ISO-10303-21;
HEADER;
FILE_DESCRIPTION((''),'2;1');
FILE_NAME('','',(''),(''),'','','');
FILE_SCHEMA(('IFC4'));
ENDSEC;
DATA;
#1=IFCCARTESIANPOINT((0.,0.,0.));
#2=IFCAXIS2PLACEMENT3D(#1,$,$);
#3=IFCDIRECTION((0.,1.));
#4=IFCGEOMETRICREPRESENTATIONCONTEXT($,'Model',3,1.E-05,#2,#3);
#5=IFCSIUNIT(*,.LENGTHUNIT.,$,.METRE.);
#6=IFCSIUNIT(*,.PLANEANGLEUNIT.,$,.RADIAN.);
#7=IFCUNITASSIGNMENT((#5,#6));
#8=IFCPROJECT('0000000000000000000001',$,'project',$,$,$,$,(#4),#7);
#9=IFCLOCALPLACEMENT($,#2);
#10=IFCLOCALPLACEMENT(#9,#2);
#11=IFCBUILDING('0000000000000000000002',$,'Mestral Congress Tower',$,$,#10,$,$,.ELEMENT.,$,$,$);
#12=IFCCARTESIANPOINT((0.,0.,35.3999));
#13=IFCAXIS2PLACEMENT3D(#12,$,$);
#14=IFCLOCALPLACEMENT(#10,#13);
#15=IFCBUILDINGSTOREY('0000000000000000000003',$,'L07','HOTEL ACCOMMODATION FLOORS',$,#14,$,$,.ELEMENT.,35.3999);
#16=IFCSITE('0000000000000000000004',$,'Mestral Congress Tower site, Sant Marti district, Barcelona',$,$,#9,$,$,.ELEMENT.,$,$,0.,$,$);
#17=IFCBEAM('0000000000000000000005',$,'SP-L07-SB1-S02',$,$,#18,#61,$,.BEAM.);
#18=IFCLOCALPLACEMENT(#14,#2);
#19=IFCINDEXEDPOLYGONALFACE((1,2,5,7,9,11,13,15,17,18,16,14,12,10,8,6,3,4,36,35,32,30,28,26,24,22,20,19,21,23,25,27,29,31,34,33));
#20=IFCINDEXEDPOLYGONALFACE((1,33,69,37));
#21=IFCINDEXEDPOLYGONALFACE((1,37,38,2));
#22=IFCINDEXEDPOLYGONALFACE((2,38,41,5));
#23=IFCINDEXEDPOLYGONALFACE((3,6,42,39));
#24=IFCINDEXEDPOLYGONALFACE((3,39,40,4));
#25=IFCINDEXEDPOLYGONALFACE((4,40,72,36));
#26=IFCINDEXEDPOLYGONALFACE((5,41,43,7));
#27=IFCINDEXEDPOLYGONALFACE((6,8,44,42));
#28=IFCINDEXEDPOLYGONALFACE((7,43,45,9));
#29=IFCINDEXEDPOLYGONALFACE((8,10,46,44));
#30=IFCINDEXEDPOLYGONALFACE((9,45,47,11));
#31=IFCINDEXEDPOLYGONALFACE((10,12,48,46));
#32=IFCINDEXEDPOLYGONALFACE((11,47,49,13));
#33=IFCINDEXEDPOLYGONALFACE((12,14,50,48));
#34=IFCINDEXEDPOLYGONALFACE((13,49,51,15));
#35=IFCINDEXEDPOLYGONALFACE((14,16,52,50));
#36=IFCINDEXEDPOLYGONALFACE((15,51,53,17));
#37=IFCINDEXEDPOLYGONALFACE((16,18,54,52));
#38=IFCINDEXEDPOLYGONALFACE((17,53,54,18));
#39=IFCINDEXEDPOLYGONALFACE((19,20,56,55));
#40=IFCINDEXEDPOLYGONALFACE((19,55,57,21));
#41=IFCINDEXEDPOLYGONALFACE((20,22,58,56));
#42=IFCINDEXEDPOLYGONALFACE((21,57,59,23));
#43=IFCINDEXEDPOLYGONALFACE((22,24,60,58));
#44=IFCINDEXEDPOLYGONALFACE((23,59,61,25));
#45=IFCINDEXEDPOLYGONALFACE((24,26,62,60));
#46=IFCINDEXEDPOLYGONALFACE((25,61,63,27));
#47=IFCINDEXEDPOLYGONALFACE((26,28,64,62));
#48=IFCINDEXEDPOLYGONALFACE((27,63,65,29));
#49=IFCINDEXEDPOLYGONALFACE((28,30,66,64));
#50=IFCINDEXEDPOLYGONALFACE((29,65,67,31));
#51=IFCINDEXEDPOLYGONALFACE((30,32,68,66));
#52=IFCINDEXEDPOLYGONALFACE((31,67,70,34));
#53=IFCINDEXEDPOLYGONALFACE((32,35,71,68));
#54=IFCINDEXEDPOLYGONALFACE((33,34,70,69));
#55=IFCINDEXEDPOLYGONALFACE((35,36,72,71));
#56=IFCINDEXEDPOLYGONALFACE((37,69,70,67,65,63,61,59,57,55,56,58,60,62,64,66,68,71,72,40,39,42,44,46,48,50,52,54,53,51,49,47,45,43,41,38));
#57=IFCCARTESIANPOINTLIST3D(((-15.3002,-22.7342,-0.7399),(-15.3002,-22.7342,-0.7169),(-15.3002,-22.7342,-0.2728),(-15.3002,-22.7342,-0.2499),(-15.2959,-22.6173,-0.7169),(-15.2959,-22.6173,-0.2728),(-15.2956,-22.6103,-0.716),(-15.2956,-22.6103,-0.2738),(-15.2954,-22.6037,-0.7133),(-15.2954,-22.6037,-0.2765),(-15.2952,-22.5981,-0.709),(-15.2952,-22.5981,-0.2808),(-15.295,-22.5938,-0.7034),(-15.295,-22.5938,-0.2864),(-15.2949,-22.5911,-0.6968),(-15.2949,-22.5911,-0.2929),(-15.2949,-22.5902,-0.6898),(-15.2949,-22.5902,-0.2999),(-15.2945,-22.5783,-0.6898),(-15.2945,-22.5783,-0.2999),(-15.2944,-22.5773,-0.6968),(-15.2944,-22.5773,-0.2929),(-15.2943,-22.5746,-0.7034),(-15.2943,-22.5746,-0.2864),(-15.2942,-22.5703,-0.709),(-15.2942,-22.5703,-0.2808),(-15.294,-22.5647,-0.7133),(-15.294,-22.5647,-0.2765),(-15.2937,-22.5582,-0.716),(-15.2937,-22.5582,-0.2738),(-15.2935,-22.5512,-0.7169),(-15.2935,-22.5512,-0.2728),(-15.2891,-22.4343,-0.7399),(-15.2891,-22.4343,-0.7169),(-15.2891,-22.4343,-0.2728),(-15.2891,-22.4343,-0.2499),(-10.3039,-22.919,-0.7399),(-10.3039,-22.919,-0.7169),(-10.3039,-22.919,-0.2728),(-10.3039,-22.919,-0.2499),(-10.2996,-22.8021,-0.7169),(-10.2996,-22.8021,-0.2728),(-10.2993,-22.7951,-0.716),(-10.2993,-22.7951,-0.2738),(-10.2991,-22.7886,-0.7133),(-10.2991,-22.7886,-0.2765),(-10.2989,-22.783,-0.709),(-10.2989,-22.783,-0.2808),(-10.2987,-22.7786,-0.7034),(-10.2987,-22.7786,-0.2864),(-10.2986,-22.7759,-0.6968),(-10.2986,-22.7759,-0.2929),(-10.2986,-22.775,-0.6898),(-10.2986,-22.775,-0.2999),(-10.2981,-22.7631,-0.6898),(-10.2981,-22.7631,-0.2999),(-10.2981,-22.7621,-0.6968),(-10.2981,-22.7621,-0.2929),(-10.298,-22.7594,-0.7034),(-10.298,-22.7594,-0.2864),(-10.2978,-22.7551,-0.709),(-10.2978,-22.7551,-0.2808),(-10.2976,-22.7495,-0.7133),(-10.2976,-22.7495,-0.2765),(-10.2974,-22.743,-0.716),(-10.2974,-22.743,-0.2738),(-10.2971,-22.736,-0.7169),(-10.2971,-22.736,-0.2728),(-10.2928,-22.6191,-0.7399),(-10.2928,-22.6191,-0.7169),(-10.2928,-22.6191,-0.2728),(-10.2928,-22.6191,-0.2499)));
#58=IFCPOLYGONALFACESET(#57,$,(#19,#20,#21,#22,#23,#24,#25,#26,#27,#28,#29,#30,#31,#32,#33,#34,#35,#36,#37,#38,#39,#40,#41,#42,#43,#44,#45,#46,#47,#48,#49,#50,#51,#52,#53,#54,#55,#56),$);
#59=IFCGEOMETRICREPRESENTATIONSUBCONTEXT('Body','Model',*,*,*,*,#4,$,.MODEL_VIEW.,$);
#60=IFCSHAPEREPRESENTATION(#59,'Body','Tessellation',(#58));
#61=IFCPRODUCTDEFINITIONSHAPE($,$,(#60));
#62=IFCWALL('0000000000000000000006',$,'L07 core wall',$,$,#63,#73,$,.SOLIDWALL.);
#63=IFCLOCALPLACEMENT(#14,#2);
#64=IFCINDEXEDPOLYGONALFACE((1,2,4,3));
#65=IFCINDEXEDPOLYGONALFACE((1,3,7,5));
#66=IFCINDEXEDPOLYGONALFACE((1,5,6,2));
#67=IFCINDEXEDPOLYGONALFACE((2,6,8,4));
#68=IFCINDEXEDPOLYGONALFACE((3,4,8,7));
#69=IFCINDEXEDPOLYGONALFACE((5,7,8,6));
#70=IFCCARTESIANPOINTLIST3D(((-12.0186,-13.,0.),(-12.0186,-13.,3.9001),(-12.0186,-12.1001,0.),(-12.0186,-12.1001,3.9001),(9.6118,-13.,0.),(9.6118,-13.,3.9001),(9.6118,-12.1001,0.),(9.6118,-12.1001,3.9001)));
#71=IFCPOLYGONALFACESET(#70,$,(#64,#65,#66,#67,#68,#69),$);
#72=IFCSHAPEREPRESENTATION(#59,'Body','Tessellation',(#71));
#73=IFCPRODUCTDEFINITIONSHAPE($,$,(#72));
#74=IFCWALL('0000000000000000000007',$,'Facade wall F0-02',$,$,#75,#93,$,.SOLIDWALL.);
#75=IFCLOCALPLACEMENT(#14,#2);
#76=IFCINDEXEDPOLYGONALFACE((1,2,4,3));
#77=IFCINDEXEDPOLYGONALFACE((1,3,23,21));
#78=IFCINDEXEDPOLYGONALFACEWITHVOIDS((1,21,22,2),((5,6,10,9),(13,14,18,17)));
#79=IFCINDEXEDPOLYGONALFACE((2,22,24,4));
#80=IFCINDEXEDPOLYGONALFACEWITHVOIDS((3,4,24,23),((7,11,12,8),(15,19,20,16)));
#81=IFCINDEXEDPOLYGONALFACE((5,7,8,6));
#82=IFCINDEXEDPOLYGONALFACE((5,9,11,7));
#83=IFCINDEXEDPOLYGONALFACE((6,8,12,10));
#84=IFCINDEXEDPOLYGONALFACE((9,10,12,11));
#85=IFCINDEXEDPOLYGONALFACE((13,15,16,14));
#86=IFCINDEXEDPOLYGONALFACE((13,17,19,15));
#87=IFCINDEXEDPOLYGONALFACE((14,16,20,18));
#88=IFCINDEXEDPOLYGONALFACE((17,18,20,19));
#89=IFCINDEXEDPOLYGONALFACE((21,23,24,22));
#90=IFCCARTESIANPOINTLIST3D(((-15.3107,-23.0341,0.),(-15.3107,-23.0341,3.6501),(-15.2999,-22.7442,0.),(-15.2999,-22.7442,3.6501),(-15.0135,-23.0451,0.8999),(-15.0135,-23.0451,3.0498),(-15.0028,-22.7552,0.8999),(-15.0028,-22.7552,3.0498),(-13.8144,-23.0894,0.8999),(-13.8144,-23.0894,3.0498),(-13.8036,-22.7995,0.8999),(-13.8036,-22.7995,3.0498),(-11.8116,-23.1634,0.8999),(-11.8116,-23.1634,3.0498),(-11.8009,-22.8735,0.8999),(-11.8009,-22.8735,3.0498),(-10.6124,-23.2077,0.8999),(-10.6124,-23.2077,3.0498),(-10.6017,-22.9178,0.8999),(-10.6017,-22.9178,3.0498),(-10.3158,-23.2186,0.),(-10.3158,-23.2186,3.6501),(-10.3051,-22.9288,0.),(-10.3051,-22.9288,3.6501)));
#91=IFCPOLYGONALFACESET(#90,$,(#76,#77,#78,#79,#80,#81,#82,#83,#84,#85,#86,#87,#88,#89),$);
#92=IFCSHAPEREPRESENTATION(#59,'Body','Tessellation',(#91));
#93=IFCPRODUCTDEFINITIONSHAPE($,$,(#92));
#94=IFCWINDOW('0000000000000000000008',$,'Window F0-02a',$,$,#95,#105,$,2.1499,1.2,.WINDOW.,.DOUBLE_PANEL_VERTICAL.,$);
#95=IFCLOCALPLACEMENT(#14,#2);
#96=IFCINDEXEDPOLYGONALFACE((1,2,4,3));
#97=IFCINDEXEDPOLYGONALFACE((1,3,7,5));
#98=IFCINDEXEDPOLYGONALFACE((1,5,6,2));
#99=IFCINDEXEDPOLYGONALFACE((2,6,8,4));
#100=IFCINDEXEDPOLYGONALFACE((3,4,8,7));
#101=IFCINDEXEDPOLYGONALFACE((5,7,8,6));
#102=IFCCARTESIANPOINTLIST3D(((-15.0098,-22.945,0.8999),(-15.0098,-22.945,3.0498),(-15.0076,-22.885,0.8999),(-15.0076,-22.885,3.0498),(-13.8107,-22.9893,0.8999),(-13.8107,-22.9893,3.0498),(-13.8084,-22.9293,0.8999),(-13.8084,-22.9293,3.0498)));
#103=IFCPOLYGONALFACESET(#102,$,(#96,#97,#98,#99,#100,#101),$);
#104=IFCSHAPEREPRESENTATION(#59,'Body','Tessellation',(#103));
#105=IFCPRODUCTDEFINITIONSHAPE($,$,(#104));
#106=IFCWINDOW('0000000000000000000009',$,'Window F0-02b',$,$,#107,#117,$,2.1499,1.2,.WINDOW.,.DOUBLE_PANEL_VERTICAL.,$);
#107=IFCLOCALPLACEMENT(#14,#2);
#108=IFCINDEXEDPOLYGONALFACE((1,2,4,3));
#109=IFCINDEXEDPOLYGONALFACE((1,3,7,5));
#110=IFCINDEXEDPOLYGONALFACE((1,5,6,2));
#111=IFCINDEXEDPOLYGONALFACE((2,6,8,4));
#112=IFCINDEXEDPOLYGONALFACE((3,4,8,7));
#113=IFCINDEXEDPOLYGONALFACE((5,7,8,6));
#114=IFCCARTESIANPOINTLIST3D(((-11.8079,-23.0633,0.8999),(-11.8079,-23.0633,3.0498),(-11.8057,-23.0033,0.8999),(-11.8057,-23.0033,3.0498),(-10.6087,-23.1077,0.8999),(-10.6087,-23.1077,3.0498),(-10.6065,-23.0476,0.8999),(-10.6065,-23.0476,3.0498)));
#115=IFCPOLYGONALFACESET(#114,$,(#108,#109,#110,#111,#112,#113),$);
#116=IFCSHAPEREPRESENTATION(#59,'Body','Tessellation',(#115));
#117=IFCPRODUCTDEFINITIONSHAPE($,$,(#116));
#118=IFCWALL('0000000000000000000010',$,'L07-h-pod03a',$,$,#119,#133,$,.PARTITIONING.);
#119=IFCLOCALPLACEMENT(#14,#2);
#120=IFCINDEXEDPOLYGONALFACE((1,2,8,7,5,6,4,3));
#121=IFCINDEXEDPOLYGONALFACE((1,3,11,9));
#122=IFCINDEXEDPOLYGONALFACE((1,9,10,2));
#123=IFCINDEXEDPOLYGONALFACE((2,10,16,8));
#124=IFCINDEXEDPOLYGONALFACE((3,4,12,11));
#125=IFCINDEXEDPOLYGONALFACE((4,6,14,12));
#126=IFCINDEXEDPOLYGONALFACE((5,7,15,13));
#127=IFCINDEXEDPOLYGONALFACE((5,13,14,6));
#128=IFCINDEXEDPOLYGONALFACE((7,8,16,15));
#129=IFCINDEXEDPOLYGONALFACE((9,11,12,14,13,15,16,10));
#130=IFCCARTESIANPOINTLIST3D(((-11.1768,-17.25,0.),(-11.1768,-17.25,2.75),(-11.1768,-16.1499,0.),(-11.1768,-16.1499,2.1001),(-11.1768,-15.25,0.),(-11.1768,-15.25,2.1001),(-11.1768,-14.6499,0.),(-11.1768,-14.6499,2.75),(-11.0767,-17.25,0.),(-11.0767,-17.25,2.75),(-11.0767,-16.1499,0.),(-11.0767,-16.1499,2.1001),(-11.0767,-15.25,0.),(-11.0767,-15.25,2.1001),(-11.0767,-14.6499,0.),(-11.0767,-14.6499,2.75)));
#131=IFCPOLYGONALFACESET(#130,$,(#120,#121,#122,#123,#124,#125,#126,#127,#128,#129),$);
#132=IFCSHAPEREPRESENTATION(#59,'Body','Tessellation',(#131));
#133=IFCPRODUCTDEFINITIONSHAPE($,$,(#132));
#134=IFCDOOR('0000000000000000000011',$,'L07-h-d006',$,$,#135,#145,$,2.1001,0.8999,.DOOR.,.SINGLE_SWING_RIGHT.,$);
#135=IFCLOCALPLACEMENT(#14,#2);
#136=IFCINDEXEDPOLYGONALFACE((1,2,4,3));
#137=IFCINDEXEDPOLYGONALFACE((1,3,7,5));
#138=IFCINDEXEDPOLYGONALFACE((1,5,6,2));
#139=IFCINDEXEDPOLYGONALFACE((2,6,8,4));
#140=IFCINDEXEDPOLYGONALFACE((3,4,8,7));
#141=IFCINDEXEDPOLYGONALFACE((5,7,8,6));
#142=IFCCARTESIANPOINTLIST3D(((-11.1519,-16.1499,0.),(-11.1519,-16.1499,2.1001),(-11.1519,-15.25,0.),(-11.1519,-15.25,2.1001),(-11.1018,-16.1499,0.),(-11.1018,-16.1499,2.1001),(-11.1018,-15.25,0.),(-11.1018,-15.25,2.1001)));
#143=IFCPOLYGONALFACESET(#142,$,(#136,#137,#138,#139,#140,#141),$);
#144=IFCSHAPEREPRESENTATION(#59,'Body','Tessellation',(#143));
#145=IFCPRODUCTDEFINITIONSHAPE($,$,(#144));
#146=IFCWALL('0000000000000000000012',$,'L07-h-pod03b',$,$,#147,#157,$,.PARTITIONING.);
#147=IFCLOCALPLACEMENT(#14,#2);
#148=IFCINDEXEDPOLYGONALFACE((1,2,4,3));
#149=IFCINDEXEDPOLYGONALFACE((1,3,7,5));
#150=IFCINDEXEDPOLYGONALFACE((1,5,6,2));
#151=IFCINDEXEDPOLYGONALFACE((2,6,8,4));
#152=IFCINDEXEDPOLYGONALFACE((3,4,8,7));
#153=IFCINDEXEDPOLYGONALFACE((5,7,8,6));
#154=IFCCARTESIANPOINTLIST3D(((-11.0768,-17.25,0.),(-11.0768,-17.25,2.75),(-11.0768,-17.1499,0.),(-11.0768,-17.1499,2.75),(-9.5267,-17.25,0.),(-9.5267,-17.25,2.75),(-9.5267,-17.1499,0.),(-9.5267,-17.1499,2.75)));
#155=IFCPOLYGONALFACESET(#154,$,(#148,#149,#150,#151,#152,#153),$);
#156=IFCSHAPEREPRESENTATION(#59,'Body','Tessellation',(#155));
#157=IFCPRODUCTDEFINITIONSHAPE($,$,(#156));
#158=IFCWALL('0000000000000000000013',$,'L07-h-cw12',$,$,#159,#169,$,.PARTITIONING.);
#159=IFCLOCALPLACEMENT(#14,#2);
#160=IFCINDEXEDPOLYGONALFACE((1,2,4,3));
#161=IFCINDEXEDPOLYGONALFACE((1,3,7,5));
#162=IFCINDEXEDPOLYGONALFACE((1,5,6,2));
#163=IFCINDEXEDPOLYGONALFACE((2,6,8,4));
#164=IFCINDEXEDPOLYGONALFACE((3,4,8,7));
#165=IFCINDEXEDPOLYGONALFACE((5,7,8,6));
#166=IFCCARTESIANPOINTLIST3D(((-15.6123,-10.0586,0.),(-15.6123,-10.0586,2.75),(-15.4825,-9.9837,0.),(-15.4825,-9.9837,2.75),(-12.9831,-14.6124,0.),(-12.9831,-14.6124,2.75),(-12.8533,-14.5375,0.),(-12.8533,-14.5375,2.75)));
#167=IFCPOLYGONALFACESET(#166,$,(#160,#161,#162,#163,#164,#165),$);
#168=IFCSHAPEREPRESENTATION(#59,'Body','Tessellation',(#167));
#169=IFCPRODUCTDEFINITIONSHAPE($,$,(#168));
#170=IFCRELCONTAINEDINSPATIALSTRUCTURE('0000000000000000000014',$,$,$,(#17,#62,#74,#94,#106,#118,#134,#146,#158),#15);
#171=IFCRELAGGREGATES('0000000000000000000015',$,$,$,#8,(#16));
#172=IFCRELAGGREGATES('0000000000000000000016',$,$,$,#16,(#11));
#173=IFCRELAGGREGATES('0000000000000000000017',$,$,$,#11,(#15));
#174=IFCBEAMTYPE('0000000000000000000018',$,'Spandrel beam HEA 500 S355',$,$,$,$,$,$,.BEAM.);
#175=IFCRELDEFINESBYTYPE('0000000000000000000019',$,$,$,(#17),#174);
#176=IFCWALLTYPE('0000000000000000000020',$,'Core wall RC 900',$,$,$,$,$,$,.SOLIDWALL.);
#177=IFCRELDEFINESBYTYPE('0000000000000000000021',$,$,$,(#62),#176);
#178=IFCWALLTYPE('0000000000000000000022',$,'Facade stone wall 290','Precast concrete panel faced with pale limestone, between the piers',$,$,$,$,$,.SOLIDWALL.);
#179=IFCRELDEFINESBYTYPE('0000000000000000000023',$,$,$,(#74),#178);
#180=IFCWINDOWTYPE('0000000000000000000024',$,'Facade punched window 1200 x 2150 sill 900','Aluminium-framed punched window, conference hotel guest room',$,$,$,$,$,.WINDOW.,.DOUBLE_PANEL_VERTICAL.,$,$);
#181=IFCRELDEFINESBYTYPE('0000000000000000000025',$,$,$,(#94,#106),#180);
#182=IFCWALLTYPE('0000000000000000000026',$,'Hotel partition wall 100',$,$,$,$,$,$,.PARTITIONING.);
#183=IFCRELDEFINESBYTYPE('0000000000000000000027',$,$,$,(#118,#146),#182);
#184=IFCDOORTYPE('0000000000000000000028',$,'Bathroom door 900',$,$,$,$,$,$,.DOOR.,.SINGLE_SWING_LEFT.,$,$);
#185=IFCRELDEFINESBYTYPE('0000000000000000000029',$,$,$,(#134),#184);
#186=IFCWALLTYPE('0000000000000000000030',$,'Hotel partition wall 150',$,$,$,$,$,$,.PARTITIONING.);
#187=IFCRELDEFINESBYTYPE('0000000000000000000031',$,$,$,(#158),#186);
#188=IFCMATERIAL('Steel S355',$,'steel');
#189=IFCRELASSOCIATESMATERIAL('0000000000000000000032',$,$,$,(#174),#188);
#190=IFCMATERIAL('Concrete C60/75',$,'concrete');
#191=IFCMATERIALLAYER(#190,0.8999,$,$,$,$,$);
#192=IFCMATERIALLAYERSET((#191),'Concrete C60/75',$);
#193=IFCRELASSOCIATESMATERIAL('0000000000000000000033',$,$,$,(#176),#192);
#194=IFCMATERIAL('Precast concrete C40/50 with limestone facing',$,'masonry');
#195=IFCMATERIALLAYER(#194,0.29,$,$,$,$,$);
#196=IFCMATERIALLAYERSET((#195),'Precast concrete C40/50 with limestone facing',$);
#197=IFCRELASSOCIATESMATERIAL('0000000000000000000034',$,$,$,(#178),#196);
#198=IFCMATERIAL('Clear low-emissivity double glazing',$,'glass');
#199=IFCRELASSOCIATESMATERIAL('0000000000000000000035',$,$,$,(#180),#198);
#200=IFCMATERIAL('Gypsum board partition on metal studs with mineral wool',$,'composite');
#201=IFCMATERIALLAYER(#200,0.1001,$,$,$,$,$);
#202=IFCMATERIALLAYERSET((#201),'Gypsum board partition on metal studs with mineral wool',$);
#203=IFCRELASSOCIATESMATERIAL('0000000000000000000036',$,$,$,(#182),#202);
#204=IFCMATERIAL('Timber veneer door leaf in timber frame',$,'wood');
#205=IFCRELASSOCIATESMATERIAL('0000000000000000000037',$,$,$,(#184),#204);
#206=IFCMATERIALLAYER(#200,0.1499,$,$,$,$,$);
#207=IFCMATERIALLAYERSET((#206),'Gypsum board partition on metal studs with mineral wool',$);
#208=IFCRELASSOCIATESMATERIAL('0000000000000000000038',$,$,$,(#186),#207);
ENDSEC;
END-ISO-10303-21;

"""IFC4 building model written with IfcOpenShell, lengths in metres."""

from ifc_helpers import new_model, si_unit, direction, frame, frame_2d, origin, origin_2d, place, context, subcontext, project, spatial, rectangle, i_section, extrude, material, layer, layer_set, material_profile, profile_set, type_object, element, fill, save


model = new_model("IFC4")

# Units and contexts
model_context = context("Model", 3, precision=1e-05, world=origin(), true_north=direction((0.0, 1.0)))
body_context = subcontext(model_context, "Body", "Model", "MODEL_VIEW")
ifc_project = project(units=[si_unit("LENGTHUNIT", "METRE"), si_unit("PLANEANGLEUNIT", "RADIAN")], contexts=[model_context])

# Site, building, storey
site_placement = place(None, origin())
site = spatial("IfcSite", under=ifc_project, at=site_placement, Name="Mestral Congress Tower site, Sant Marti district, Barcelona", CompositionType="ELEMENT", RefElevation=0.0)
building_placement = place(site_placement, origin())
building = spatial("IfcBuilding", under=site, at=building_placement, Name="Mestral Congress Tower", CompositionType="ELEMENT")
storey_placement = place(building_placement, frame((0.0, 0.0, 35.3999)))
storey = spatial("IfcBuildingStorey", under=building, at=storey_placement, Name="L07", Description="HOTEL ACCOMMODATION FLOORS", CompositionType="ELEMENT", Elevation=35.3999)

# Beam
ifc_material_1 = material(Name="Steel S355", Category="steel")
ifc_material_profile_1 = material_profile(ifc_material_1, i_section(OverallWidth=0.3, OverallDepth=0.49, WebThickness=0.012, FlangeThickness=0.0229, FilletRadius=0.0271, at=origin_2d()), Name="HEA 500")
ifc_profile_set_1 = profile_set([ifc_material_profile_1], Name="Steel S355")
beam_type_1 = type_object("IfcBeamType", Name="Spandrel beam HEA 500 S355", PredefinedType="BEAM", material=ifc_profile_set_1)
beam_1_placement = place(storey_placement, frame((-15.2947, -22.5842, -0.4949), z_axis=(0.999317, -0.036965, 0.0), x_axis=(0.036965, 0.999317, 0.0)))
element("IfcBeam", 1, at=beam_1_placement, inside=storey, type_object=beam_type_1, Name="SP-L07-SB1-S02", PredefinedType="BEAM", context=body_context, shape_type="SweptSolid", body=[
    extrude(i_section(OverallWidth=0.3, OverallDepth=0.49, WebThickness=0.012, FlangeThickness=0.0229, FilletRadius=0.0271, at=origin_2d()), origin(), (0.0, 0.0, 1.0), 4.9998),
])

# Wall
ifc_material_2 = material(Name="Concrete C60/75", Category="concrete")
ifc_layer_1 = layer(ifc_material_2, 0.8999)
ifc_layer_set_1 = layer_set([ifc_layer_1], Name="Concrete C60/75")
wall_type_1 = type_object("IfcWallType", Name="Core wall RC 900", PredefinedType="SOLIDWALL", material=ifc_layer_set_1)
wall_1_placement = place(storey_placement, frame((-12.0186, -12.55, 0.0), z_axis=(0.0, 0.0, 1.0), x_axis=(1.0, 0.0, 0.0)))
element("IfcWall", 2, at=wall_1_placement, inside=storey, type_object=wall_type_1, Name="L07 core wall", PredefinedType="SOLIDWALL", context=body_context, shape_type="SweptSolid", body=[
    extrude(rectangle(XDim=21.6304, YDim=0.8999, at=frame_2d((10.8152, 0.0))), origin(), (0.0, 0.0, 1.0), 3.9001),
])

# Wall, openings, windows
ifc_material_3 = material(Name="Precast concrete C40/50 with limestone facing", Category="masonry")
ifc_layer_2 = layer(ifc_material_3, 0.29)
ifc_layer_set_2 = layer_set([ifc_layer_2], Name="Precast concrete C40/50 with limestone facing")
wall_type_2 = type_object("IfcWallType", Name="Facade stone wall 290", Description="Precast concrete panel faced with pale limestone, between the piers", PredefinedType="SOLIDWALL", material=ifc_layer_set_2)
wall_2_placement = place(storey_placement, frame((-15.3052, -22.8892, 0.0), z_axis=(0.0, 0.0, 1.0), x_axis=(0.999318, -0.036927, 0.0)))
wall_2 = element("IfcWall", 3, at=wall_2_placement, inside=storey, type_object=wall_type_2, Name="Facade wall F0-02", PredefinedType="SOLIDWALL", context=body_context, shape_type="SweptSolid", body=[
    extrude(rectangle(XDim=4.9983, YDim=0.29, at=frame_2d((2.499, 0.0))), origin(), (0.0, 0.0, 1.0), 3.6501),
])
opening_1_placement = place(wall_2_placement, frame((0.2971, 0.0, 0.8999)))
opening_1 = element("IfcOpeningElement", 4, at=opening_1_placement, cuts=wall_2, PredefinedType="OPENING", context=body_context, shape_type="SweptSolid", body=[
    extrude(rectangle(XDim=1.2, YDim=2.1499, at=frame_2d((0.6001, 1.075))), frame((0.0, 0.155, 0.0), z_axis=(0.0, -1.0, 0.0), x_axis=(1.0, 0.0, 0.0)), (0.0, 0.0, 1.0), 0.3101),
])
opening_2_placement = place(wall_2_placement, frame((3.5012, 0.0, 0.8999)))
opening_2 = element("IfcOpeningElement", 5, at=opening_2_placement, cuts=wall_2, PredefinedType="OPENING", context=body_context, shape_type="SweptSolid", body=[
    extrude(rectangle(XDim=1.2, YDim=2.1499, at=frame_2d((0.6001, 1.075))), frame((0.0, 0.155, 0.0), z_axis=(0.0, -1.0, 0.0), x_axis=(1.0, 0.0, 0.0)), (0.0, 0.0, 1.0), 0.3101),
])
ifc_material_4 = material(Name="Clear low-emissivity double glazing", Category="glass")
window_type = type_object("IfcWindowType", Name="Facade punched window 1200 x 2150 sill 900", Description="Aluminium-framed punched window, conference hotel guest room", PartitioningType="DOUBLE_PANEL_VERTICAL", PredefinedType="WINDOW", material=ifc_material_4)
window_1_placement = place(opening_1_placement, origin())
window_1 = element("IfcWindow", 6, at=window_1_placement, inside=storey, type_object=window_type, Name="Window F0-02a", OverallHeight=2.1499, OverallWidth=1.2, PartitioningType="DOUBLE_PANEL_VERTICAL", PredefinedType="WINDOW", context=body_context, shape_type="SweptSolid", body=[
    extrude(rectangle(XDim=1.2, YDim=2.1499, at=frame_2d((0.6001, 1.075))), frame((0.0, 0.0151, 0.0), z_axis=(0.0, -1.0, 0.0), x_axis=(1.0, 0.0, 0.0)), (0.0, 0.0, 1.0), 0.0601),
])
fill(opening_1, window_1)
window_2_placement = place(opening_2_placement, origin())
window_2 = element("IfcWindow", 7, at=window_2_placement, inside=storey, type_object=window_type, Name="Window F0-02b", OverallHeight=2.1499, OverallWidth=1.2, PartitioningType="DOUBLE_PANEL_VERTICAL", PredefinedType="WINDOW", context=body_context, shape_type="SweptSolid", body=[
    extrude(rectangle(XDim=1.2, YDim=2.1499, at=frame_2d((0.6001, 1.075))), frame((0.0, 0.0151, 0.0), z_axis=(0.0, -1.0, 0.0), x_axis=(1.0, 0.0, 0.0)), (0.0, 0.0, 1.0), 0.0601),
])
fill(opening_2, window_2)

# Wall, opening, door
ifc_material_5 = material(Name="Gypsum board partition on metal studs with mineral wool", Category="composite")
ifc_layer_3 = layer(ifc_material_5, 0.1001)
ifc_layer_set_3 = layer_set([ifc_layer_3], Name="Gypsum board partition on metal studs with mineral wool")
wall_type_3 = type_object("IfcWallType", Name="Hotel partition wall 100", PredefinedType="PARTITIONING", material=ifc_layer_set_3)
wall_3_placement = place(storey_placement, frame((-11.1267, -14.6499, 0.0), z_axis=(0.0, 0.0, 1.0), x_axis=(0.0, -1.0, 0.0)))
wall_3 = element("IfcWall", 8, at=wall_3_placement, inside=storey, type_object=wall_type_3, Name="L07-h-pod03a", PredefinedType="PARTITIONING", context=body_context, shape_type="SweptSolid", body=[
    extrude(rectangle(XDim=2.6001, YDim=0.1001, at=frame_2d((1.3, 0.0))), origin(), (0.0, 0.0, 1.0), 2.75),
])
opening_3_placement = place(wall_3_placement, frame((0.6001, 0.0, 0.0)))
opening_3 = element("IfcOpeningElement", 9, at=opening_3_placement, cuts=wall_3, PredefinedType="OPENING", context=body_context, shape_type="SweptSolid", body=[
    extrude(rectangle(XDim=0.8999, YDim=2.1001, at=frame_2d((0.45, 1.05))), frame((0.0, 0.0601, 0.0), z_axis=(0.0, -1.0, 0.0), x_axis=(1.0, 0.0, 0.0)), (0.0, 0.0, 1.0), 0.1201),
])
ifc_material_6 = material(Name="Timber veneer door leaf in timber frame", Category="wood")
door_type = type_object("IfcDoorType", Name="Bathroom door 900", OperationType="SINGLE_SWING_LEFT", PredefinedType="DOOR", material=ifc_material_6)
door_placement = place(opening_3_placement, origin())
door = element("IfcDoor", 10, at=door_placement, inside=storey, type_object=door_type, Name="L07-h-d006", OperationType="SINGLE_SWING_RIGHT", OverallHeight=2.1001, OverallWidth=0.8999, PredefinedType="DOOR", context=body_context, shape_type="SweptSolid", body=[
    extrude(rectangle(XDim=0.8999, YDim=2.1001, at=frame_2d((0.45, 1.05))), frame((0.0, 0.0249, 0.0), z_axis=(0.0, -1.0, 0.0), x_axis=(1.0, 0.0, 0.0)), (0.0, 0.0, 1.0), 0.05),
])
fill(opening_3, door)

# Walls
wall_4_placement = place(storey_placement, frame((-11.0767, -17.2, 0.0), z_axis=(0.0, 0.0, 1.0), x_axis=(1.0, 0.0, 0.0)))
element("IfcWall", 11, at=wall_4_placement, inside=storey, type_object=wall_type_3, Name="L07-h-pod03b", PredefinedType="PARTITIONING", context=body_context, shape_type="SweptSolid", body=[
    extrude(rectangle(XDim=1.55, YDim=0.1001, at=frame_2d((0.7749, 0.0))), origin(), (0.0, 0.0, 1.0), 2.75),
])
ifc_layer_4 = layer(ifc_material_5, 0.1499)
ifc_layer_set_4 = layer_set([ifc_layer_4], Name="Gypsum board partition on metal studs with mineral wool")
wall_type_4 = type_object("IfcWallType", Name="Hotel partition wall 150", PredefinedType="PARTITIONING", material=ifc_layer_set_4)
wall_5_placement = place(storey_placement, frame((-12.9182, -14.575, 0.0), z_axis=(0.0, 0.0, 1.0), x_axis=(-0.500009, 0.86602, 0.0)))
element("IfcWall", 12, at=wall_5_placement, inside=storey, type_object=wall_type_4, Name="L07-h-cw12", PredefinedType="PARTITIONING", context=body_context, shape_type="SweptSolid", body=[
    extrude(rectangle(XDim=5.2583, YDim=0.1499, at=frame_2d((2.6292, 0.0))), origin(), (0.0, 0.0, 1.0), 2.75),
])

save(model, "model.ifc")
